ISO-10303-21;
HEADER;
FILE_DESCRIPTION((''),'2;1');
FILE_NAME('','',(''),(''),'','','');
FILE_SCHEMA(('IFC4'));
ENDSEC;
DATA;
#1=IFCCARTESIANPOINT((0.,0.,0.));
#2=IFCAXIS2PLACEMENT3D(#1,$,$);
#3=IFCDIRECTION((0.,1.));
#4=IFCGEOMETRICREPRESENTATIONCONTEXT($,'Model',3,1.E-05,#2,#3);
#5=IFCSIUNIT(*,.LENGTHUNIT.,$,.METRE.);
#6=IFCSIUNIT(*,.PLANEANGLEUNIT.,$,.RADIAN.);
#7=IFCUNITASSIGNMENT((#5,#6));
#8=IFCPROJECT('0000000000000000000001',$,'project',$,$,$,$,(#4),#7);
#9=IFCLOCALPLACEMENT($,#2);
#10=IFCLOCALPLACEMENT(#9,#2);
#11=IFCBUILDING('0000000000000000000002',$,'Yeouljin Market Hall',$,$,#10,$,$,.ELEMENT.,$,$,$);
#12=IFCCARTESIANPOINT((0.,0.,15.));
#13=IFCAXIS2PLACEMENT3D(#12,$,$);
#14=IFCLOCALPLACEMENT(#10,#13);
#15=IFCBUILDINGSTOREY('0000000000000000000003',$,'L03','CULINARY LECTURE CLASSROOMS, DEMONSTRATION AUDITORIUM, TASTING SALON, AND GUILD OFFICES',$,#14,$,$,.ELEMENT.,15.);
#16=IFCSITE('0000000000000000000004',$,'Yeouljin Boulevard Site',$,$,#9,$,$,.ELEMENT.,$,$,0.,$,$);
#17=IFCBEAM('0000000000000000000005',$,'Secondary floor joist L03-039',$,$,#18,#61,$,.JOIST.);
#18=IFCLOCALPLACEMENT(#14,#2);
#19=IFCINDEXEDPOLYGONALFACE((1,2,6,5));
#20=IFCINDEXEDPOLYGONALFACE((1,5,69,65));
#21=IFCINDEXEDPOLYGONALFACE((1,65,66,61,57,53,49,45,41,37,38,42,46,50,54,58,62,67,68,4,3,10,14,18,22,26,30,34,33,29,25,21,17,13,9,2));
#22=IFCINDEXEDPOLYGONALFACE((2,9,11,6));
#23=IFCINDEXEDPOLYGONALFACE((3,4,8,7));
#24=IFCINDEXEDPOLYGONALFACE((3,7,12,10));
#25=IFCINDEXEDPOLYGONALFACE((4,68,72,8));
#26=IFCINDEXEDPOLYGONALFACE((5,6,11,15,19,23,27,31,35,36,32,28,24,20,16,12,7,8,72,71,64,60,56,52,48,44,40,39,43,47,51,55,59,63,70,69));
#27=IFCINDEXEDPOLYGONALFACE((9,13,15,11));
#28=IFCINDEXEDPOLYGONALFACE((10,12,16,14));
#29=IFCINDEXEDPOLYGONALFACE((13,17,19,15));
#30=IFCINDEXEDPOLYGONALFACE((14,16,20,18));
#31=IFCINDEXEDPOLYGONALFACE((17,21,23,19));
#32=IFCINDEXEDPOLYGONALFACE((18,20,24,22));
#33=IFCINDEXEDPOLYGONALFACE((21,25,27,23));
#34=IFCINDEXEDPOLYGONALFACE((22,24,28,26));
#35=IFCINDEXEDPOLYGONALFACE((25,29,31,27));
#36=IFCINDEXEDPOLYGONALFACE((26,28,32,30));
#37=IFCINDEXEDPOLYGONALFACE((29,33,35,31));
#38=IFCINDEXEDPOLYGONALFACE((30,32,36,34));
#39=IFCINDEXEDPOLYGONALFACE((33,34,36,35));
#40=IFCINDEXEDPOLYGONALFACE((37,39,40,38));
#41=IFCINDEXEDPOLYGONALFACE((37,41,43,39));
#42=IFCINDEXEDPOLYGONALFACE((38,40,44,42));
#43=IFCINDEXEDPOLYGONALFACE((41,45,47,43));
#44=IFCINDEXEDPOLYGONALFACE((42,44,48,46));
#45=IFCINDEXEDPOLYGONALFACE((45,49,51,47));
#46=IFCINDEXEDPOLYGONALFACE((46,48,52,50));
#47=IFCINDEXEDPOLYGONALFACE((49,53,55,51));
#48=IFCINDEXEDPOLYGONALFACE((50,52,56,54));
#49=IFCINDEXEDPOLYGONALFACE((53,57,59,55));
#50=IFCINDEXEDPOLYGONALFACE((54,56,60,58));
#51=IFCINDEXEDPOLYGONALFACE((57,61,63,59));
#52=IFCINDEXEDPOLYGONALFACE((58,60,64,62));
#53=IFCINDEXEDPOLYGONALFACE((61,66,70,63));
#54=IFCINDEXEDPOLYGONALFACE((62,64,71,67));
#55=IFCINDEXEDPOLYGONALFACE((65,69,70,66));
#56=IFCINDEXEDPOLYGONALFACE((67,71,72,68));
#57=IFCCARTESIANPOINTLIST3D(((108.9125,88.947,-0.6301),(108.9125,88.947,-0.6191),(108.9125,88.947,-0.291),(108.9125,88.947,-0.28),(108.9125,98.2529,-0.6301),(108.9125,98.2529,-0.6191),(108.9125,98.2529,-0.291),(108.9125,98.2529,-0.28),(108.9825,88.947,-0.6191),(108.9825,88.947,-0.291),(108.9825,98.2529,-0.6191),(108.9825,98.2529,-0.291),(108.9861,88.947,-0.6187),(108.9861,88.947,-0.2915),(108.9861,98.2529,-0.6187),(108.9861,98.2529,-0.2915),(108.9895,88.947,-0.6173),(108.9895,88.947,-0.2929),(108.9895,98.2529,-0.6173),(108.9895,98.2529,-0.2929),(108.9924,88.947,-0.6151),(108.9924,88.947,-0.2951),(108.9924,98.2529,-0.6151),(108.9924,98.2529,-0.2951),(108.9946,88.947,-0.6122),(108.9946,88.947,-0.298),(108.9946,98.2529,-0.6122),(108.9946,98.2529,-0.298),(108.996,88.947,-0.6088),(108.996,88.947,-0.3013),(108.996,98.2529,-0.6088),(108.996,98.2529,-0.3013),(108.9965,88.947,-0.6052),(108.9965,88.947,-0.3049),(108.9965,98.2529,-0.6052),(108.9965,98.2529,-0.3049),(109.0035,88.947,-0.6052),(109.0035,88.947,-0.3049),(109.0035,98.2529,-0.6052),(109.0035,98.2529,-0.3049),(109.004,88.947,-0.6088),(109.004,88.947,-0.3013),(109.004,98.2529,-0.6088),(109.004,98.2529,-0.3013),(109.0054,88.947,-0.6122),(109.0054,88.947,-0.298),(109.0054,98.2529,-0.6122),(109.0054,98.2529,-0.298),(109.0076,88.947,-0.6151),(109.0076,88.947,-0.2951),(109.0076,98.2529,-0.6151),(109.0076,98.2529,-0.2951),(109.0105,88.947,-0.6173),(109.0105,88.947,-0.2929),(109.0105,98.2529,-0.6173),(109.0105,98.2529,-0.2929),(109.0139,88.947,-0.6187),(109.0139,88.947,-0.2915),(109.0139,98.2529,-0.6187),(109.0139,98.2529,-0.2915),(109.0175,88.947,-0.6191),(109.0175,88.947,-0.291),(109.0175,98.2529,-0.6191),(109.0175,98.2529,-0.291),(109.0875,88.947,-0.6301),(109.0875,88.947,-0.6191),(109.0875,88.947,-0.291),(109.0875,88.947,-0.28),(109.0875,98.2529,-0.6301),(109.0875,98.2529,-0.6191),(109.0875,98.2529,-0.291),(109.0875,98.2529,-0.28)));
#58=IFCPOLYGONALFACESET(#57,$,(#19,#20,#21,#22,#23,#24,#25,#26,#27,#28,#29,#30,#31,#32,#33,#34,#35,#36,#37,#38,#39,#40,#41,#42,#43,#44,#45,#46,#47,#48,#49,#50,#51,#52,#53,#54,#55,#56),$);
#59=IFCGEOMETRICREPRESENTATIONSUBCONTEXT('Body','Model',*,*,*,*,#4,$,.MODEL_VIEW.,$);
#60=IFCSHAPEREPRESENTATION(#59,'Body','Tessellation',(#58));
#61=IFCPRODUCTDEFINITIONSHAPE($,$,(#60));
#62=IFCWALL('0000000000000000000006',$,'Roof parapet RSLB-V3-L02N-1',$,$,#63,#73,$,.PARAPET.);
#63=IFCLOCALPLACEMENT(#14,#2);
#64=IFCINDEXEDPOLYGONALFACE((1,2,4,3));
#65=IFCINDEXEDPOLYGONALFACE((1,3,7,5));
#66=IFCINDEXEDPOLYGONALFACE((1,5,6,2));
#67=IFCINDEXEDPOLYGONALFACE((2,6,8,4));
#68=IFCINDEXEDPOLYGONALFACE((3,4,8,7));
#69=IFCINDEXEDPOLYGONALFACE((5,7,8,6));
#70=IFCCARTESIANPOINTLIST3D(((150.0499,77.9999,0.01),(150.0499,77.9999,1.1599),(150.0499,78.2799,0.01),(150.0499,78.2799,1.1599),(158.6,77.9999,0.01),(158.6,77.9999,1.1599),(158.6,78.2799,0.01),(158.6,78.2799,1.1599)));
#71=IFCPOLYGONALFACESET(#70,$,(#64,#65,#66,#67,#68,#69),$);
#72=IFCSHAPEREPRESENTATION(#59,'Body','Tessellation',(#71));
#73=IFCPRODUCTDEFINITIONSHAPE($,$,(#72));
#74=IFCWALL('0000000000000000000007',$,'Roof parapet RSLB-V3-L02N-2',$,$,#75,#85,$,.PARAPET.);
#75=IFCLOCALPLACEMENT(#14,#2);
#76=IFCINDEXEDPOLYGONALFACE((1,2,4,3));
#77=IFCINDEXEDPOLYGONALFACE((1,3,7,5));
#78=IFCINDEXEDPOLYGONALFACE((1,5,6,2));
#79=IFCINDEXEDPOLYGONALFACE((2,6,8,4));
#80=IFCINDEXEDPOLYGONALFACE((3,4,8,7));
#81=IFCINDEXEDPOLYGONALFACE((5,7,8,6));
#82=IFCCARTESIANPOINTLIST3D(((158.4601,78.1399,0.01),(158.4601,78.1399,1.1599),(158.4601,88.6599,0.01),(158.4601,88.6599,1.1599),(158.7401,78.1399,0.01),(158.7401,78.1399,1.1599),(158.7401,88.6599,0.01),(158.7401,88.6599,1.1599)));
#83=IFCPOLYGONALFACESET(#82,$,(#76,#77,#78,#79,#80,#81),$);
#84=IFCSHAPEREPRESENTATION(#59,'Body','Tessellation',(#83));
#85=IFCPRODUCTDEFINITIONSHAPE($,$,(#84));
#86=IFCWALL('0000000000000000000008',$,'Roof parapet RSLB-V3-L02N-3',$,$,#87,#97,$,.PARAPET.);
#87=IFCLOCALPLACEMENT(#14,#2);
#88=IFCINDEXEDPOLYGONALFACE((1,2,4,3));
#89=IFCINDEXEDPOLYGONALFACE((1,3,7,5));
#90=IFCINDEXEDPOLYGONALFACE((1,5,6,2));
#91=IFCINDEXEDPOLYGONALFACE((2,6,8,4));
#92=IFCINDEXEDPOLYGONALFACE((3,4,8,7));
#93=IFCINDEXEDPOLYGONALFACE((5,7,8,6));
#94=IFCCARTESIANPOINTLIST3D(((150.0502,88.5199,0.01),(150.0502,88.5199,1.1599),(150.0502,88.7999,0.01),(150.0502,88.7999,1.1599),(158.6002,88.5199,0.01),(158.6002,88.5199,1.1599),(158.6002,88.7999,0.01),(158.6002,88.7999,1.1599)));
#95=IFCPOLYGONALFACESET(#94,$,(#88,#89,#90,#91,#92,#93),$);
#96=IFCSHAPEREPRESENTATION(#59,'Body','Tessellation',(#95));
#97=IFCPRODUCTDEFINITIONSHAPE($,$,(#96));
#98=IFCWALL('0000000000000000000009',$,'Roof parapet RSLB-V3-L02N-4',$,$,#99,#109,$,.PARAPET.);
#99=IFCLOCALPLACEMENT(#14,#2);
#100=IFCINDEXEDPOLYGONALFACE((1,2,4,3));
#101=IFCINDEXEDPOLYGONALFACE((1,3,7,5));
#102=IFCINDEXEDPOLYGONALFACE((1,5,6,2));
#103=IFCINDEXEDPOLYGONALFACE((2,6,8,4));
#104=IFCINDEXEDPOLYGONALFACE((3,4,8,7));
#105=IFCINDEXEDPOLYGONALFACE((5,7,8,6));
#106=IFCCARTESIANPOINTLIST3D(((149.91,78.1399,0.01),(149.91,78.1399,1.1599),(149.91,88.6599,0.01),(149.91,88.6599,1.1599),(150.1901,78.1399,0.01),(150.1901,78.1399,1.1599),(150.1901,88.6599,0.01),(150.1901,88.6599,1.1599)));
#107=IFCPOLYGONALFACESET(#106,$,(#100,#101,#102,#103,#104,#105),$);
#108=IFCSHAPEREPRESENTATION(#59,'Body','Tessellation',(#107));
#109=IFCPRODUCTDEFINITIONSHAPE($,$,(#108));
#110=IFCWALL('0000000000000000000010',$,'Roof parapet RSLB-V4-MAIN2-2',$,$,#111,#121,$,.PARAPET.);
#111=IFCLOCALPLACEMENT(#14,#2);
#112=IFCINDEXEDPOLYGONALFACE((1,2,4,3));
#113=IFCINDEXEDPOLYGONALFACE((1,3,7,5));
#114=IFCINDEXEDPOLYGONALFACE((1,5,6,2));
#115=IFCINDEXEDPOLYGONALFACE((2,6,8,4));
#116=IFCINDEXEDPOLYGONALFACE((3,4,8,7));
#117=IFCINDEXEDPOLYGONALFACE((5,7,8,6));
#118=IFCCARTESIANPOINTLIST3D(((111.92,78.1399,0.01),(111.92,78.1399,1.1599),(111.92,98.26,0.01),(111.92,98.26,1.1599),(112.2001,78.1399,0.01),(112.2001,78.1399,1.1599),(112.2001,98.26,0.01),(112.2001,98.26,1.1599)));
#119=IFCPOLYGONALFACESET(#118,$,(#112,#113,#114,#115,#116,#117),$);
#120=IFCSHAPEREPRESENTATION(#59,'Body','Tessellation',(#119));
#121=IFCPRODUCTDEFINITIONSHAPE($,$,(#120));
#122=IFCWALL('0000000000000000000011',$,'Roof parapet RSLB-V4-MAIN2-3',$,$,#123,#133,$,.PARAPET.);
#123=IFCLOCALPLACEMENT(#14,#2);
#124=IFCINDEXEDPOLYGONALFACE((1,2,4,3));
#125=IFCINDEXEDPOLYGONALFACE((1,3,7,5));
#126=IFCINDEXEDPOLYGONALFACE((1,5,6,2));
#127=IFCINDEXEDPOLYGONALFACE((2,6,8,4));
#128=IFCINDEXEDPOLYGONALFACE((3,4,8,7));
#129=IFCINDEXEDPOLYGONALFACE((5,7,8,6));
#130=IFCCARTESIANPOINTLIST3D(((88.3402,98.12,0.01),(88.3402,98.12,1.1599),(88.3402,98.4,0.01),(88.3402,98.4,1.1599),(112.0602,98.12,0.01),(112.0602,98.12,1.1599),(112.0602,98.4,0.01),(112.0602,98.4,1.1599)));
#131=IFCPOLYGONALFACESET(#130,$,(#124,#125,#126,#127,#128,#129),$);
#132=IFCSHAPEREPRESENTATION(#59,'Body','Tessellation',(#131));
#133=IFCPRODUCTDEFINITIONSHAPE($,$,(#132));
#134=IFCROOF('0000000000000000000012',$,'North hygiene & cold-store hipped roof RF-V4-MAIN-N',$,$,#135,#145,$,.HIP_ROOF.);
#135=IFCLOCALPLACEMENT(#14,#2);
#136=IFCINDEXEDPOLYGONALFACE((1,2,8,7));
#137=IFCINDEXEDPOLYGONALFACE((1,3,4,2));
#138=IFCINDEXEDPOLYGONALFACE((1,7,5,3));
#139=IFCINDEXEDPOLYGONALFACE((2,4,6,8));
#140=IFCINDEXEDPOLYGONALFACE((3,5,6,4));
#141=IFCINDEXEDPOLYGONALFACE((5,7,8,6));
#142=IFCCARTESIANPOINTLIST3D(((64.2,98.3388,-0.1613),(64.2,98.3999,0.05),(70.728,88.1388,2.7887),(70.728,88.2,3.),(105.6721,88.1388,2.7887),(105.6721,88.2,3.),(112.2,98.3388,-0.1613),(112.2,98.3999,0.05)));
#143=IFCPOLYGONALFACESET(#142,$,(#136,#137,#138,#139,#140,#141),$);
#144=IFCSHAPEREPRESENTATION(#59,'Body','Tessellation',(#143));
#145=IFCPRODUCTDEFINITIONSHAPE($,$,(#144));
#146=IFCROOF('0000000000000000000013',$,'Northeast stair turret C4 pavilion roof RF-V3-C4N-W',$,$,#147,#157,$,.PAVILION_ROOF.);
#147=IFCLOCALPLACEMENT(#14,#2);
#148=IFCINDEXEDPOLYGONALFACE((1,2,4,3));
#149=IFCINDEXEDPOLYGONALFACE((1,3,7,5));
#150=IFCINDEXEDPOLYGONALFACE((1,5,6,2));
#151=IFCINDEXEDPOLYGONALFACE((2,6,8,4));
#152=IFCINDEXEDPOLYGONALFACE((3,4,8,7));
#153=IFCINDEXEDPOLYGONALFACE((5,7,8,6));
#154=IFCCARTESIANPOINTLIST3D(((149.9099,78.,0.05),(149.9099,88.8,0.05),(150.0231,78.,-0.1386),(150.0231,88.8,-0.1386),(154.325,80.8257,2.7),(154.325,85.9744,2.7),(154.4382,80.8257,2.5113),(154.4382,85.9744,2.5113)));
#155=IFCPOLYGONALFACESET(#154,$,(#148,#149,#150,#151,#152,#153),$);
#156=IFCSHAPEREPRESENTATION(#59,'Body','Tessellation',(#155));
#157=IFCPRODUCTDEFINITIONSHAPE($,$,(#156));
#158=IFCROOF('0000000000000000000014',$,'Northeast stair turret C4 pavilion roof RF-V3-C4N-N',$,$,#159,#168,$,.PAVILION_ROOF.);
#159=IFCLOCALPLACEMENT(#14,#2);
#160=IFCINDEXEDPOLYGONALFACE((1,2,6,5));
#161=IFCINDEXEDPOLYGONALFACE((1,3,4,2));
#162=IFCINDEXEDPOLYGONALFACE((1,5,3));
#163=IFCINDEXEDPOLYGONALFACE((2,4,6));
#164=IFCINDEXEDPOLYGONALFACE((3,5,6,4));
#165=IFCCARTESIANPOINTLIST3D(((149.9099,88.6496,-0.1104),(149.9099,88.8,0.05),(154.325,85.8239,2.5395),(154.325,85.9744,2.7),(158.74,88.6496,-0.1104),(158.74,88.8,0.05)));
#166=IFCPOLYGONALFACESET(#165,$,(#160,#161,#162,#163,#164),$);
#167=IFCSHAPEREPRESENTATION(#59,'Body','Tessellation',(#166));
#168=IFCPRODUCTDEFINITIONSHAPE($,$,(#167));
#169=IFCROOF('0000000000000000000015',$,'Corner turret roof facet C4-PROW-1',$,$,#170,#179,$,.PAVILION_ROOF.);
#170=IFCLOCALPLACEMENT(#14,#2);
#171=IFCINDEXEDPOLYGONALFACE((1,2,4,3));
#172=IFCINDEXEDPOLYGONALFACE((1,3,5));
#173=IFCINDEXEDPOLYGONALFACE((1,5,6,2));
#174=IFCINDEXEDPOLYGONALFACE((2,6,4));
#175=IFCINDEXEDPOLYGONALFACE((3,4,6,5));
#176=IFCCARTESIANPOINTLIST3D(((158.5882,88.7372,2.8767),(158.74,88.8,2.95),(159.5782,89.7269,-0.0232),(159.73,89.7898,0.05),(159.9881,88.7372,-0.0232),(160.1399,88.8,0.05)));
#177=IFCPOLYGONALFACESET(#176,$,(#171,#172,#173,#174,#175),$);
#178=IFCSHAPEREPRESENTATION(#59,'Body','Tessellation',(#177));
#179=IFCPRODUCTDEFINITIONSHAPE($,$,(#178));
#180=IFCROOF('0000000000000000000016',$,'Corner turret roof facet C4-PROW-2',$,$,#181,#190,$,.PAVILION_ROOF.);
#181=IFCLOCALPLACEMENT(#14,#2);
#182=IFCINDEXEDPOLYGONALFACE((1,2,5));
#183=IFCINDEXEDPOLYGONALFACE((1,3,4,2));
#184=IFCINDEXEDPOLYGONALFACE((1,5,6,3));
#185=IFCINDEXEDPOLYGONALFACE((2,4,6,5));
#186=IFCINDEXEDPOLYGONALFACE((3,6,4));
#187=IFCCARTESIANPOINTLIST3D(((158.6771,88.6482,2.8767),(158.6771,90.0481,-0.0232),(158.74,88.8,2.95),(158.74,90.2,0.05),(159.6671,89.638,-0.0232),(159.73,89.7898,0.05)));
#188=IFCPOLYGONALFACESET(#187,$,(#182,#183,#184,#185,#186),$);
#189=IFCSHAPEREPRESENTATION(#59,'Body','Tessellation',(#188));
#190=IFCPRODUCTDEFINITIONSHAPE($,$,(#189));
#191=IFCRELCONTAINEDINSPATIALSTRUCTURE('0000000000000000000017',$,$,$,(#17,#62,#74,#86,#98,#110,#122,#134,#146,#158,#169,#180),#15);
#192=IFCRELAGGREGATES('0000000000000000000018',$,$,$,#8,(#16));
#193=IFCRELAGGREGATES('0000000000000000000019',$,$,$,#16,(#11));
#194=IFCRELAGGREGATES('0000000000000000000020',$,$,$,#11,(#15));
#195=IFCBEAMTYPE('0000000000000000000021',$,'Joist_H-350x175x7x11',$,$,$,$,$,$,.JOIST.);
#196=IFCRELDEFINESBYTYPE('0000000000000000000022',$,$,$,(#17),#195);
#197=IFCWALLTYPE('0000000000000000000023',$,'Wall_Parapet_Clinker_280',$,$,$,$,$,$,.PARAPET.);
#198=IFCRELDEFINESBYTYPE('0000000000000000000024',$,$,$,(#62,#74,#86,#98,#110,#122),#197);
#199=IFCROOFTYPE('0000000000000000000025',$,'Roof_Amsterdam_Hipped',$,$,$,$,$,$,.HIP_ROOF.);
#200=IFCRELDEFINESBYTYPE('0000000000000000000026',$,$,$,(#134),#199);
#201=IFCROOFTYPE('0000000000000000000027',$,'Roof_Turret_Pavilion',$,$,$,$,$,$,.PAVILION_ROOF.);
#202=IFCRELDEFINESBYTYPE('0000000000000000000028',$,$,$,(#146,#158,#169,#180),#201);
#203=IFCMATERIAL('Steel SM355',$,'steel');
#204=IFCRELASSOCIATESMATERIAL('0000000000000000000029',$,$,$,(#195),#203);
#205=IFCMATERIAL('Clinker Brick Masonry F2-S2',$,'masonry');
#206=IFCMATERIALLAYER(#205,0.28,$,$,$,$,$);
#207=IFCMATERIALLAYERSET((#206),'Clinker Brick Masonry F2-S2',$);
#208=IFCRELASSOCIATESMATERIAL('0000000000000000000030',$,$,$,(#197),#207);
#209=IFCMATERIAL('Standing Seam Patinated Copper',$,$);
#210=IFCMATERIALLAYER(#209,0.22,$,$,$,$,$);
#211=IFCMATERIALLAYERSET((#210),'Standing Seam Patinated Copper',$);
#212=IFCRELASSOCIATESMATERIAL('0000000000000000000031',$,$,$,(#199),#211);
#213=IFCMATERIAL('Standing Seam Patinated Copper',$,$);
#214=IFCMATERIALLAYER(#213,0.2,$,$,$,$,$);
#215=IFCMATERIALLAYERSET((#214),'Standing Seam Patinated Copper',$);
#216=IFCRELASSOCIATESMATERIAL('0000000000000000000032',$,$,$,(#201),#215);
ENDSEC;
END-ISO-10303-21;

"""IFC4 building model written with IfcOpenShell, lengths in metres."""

from ifc_helpers import new_model, si_unit, direction, frame, frame_2d, origin, origin_2d, place, context, subcontext, project, spatial, polyline, rectangle, i_section, outline, extrude, material, layer, layer_set, material_profile, profile_set, type_object, element, save


model = new_model("IFC4")

# Units and contexts
model_context = context("Model", 3, precision=1e-05, world=origin(), true_north=direction((0.0, 1.0)))
body_context = subcontext(model_context, "Body", "Model", "MODEL_VIEW")
ifc_project = project(units=[si_unit("LENGTHUNIT", "METRE"), si_unit("PLANEANGLEUNIT", "RADIAN")], contexts=[model_context])

# Site, building, storey
site_placement = place(None, origin())
site = spatial("IfcSite", under=ifc_project, at=site_placement, Name="Yeouljin Boulevard Site", CompositionType="ELEMENT", RefElevation=0.0)
building_placement = place(site_placement, origin())
building = spatial("IfcBuilding", under=site, at=building_placement, Name="Yeouljin Market Hall", CompositionType="ELEMENT")
storey_placement = place(building_placement, frame((0.0, 0.0, 15.0)))
storey = spatial("IfcBuildingStorey", under=building, at=storey_placement, Name="L03", Description="CULINARY LECTURE CLASSROOMS, DEMONSTRATION AUDITORIUM, TASTING SALON, AND GUILD OFFICES", CompositionType="ELEMENT", Elevation=15.0)

# Beam
ifc_material_1 = material(Name="Steel SM355", Category="steel")
ifc_material_profile_1 = material_profile(ifc_material_1, i_section(OverallWidth=0.175, OverallDepth=0.3501, WebThickness=0.0071, FlangeThickness=0.011, FilletRadius=0.0139, at=origin_2d()), Name="H-350x175x7x11")
ifc_profile_set_1 = profile_set([ifc_material_profile_1], Name="Steel SM355")
beam_type_1 = type_object("IfcBeamType", Name="Joist_H-350x175x7x11", PredefinedType="JOIST", material=ifc_profile_set_1)
for number, where, z_axis, x_axis, name in (
    (1, (109.0, 88.947, -0.4551), (0.0, 1.0, 0.0), (-1.0, 0.0, 0.0), "Secondary floor joist L03-039"),
):
    element("IfcBeam", number, at=place(storey_placement, frame(where, z_axis=z_axis, x_axis=x_axis)), inside=storey, type_object=beam_type_1, Name=name, PredefinedType="JOIST", context=body_context, shape_type="SweptSolid", body=[
        extrude(i_section(OverallWidth=0.175, OverallDepth=0.3501, WebThickness=0.0071, FlangeThickness=0.011, FilletRadius=0.0139, at=origin_2d()), origin(), (0.0, 0.0, 1.0), 9.3059),
    ])

# Walls
ifc_material_2 = material(Name="Clinker Brick Masonry F2-S2", Category="masonry")
ifc_layer_1 = layer(ifc_material_2, 0.28)
ifc_layer_set_1 = layer_set([ifc_layer_1], Name="Clinker Brick Masonry F2-S2")
wall_type = type_object("IfcWallType", Name="Wall_Parapet_Clinker_280", PredefinedType="PARAPET", material=ifc_layer_set_1)
wall_1_placement = place(storey_placement, frame((150.05, 78.1399, 0.01), z_axis=(0.0, 0.0, 1.0), x_axis=(1.0, 0.0, 0.0)))
element("IfcWall", 2, at=wall_1_placement, inside=storey, type_object=wall_type, Name="Roof parapet RSLB-V3-L02N-1", PredefinedType="PARAPET", context=body_context, shape_type="SweptSolid", body=[
    extrude(rectangle(XDim=8.55, YDim=0.28, at=frame_2d((4.2749, 0.0))), origin(), (0.0, 0.0, 1.0), 1.1499),
])
wall_2_placement = place(storey_placement, frame((158.6001, 78.1399, 0.01), z_axis=(0.0, 0.0, 1.0), x_axis=(0.0, 1.0, 0.0)))
element("IfcWall", 3, at=wall_2_placement, inside=storey, type_object=wall_type, Name="Roof parapet RSLB-V3-L02N-2", PredefinedType="PARAPET", context=body_context, shape_type="SweptSolid", body=[
    extrude(rectangle(XDim=10.52, YDim=0.28, at=frame_2d((5.26, 0.0))), origin(), (0.0, 0.0, 1.0), 1.1499),
])
wall_3_placement = place(storey_placement, frame((158.6001, 88.6599, 0.01), z_axis=(0.0, 0.0, 1.0), x_axis=(-1.0, 0.0, 0.0)))
element("IfcWall", 4, at=wall_3_placement, inside=storey, type_object=wall_type, Name="Roof parapet RSLB-V3-L02N-3", PredefinedType="PARAPET", context=body_context, shape_type="SweptSolid", body=[
    extrude(rectangle(XDim=8.55, YDim=0.28, at=frame_2d((4.2749, 0.0))), origin(), (0.0, 0.0, 1.0), 1.1499),
])
wall_4_placement = place(storey_placement, frame((150.05, 88.6599, 0.01), z_axis=(0.0, 0.0, 1.0), x_axis=(0.0, -1.0, 0.0)))
element("IfcWall", 5, at=wall_4_placement, inside=storey, type_object=wall_type, Name="Roof parapet RSLB-V3-L02N-4", PredefinedType="PARAPET", context=body_context, shape_type="SweptSolid", body=[
    extrude(rectangle(XDim=10.52, YDim=0.28, at=frame_2d((5.26, 0.0))), origin(), (0.0, 0.0, 1.0), 1.1499),
])
wall_5_placement = place(storey_placement, frame((112.0601, 78.1399, 0.01), z_axis=(0.0, 0.0, 1.0), x_axis=(0.0, 1.0, 0.0)))
element("IfcWall", 6, at=wall_5_placement, inside=storey, type_object=wall_type, Name="Roof parapet RSLB-V4-MAIN2-2", PredefinedType="PARAPET", context=body_context, shape_type="SweptSolid", body=[
    extrude(rectangle(XDim=20.1201, YDim=0.28, at=frame_2d((10.0601, 0.0))), origin(), (0.0, 0.0, 1.0), 1.1499),
])
wall_6_placement = place(storey_placement, frame((112.0601, 98.26, 0.01), z_axis=(0.0, 0.0, 1.0), x_axis=(-1.0, 0.0, 0.0)))
element("IfcWall", 7, at=wall_6_placement, inside=storey, type_object=wall_type, Name="Roof parapet RSLB-V4-MAIN2-3", PredefinedType="PARAPET", context=body_context, shape_type="SweptSolid", body=[
    extrude(rectangle(XDim=23.72, YDim=0.28, at=frame_2d((11.8599, 0.0))), origin(), (0.0, 0.0, 1.0), 1.1499),
])

# Roofs
ifc_material_3 = material(Name="Standing Seam Patinated Copper")
ifc_layer_2 = layer(ifc_material_3, 0.22)
ifc_layer_set_2 = layer_set([ifc_layer_2], Name="Standing Seam Patinated Copper")
roof_type_1 = type_object("IfcRoofType", Name="Roof_Amsterdam_Hipped", PredefinedType="HIP_ROOF", material=ifc_layer_set_2)
roof_1_placement = place(storey_placement, frame((112.2, 98.3999, 0.05), z_axis=(0.0, 0.277826, 0.960631), x_axis=(-1.0, 0.0, 0.0)))
element("IfcRoof", 8, at=roof_1_placement, inside=storey, type_object=roof_type_1, Name="North hygiene & cold-store hipped roof RF-V4-MAIN-N", PredefinedType="HIP_ROOF", context=body_context, shape_type="SweptSolid", body=[
    extrude(outline(polyline([(0.0, 0.0), (48.0, 0.0), (41.4719, 10.618), (6.5278, 10.618), (0.0, 0.0)])), origin(), (0.0, 0.0, -1.0), 0.22),
])
ifc_material_4 = material(Name="Standing Seam Patinated Copper")
ifc_layer_3 = layer(ifc_material_4, 0.2)
ifc_layer_set_3 = layer_set([ifc_layer_3], Name="Standing Seam Patinated Copper")
roof_type_2 = type_object("IfcRoofType", Name="Roof_Turret_Pavilion", PredefinedType="PAVILION_ROOF", material=ifc_layer_set_3)
roof_2_placement = place(storey_placement, frame((149.9099, 88.8, 0.05), z_axis=(-0.514621, 0.0, 0.857418), x_axis=(0.0, -1.0, 0.0)))
element("IfcRoof", 9, at=roof_2_placement, inside=storey, type_object=roof_type_2, Name="Northeast stair turret C4 pavilion roof RF-V3-C4N-W", PredefinedType="PAVILION_ROOF", context=body_context, shape_type="SweptSolid", body=[
    extrude(outline(polyline([(0.0, 0.0), (10.8, 0.0), (7.9744, 5.1492), (2.8257, 5.1492), (0.0, 0.0)])), origin(), (0.0, 0.0, -1.0), 0.22),
])
roof_3_placement = place(storey_placement, frame((158.74, 88.8, 0.05), z_axis=(0.0, 0.684054, 0.729431), x_axis=(-1.0, 0.0, 0.0)))
element("IfcRoof", 10, at=roof_3_placement, inside=storey, type_object=roof_type_2, Name="Northeast stair turret C4 pavilion roof RF-V3-C4N-N", PredefinedType="PAVILION_ROOF", context=body_context, shape_type="SweptSolid", body=[
    extrude(outline(polyline([(0.0, 0.0), (8.8301, 0.0), (4.415, 3.8738), (0.0, 0.0)])), origin(), (0.0, 0.0, -1.0), 0.22),
])
roof_4_placement = place(storey_placement, frame((158.74, 88.8, 2.95), z_axis=(0.843779, 0.349459, 0.407327), x_axis=(0.434736, 0.0, -0.900558)))
element("IfcRoof", 11, at=roof_4_placement, inside=storey, type_object=roof_type_2, Name="Corner turret roof facet C4-PROW-1", PredefinedType="PAVILION_ROOF", context=body_context, shape_type="SweptSolid", body=[
    extrude(outline(polyline([(0.0, 0.0), (3.2201, 0.0), (3.0419, 1.0563), (0.0, 0.0)])), origin(), (0.0, 0.0, -1.0), 0.1799),
])
roof_5_placement = place(storey_placement, frame((158.74, 88.8, 2.95), z_axis=(0.349566, 0.843743, 0.40731), x_axis=(0.30744, 0.307364, -0.90056)))
element("IfcRoof", 12, at=roof_5_placement, inside=storey, type_object=roof_type_2, Name="Corner turret roof facet C4-PROW-2", PredefinedType="PAVILION_ROOF", context=body_context, shape_type="SweptSolid", body=[
    extrude(outline(polyline([(0.0, 0.0), (3.2201, 0.0), (3.0418, 1.0567), (0.0, 0.0)])), origin(), (0.0, 0.0, -1.0), 0.1799),
])

save(model, "model.ifc")
